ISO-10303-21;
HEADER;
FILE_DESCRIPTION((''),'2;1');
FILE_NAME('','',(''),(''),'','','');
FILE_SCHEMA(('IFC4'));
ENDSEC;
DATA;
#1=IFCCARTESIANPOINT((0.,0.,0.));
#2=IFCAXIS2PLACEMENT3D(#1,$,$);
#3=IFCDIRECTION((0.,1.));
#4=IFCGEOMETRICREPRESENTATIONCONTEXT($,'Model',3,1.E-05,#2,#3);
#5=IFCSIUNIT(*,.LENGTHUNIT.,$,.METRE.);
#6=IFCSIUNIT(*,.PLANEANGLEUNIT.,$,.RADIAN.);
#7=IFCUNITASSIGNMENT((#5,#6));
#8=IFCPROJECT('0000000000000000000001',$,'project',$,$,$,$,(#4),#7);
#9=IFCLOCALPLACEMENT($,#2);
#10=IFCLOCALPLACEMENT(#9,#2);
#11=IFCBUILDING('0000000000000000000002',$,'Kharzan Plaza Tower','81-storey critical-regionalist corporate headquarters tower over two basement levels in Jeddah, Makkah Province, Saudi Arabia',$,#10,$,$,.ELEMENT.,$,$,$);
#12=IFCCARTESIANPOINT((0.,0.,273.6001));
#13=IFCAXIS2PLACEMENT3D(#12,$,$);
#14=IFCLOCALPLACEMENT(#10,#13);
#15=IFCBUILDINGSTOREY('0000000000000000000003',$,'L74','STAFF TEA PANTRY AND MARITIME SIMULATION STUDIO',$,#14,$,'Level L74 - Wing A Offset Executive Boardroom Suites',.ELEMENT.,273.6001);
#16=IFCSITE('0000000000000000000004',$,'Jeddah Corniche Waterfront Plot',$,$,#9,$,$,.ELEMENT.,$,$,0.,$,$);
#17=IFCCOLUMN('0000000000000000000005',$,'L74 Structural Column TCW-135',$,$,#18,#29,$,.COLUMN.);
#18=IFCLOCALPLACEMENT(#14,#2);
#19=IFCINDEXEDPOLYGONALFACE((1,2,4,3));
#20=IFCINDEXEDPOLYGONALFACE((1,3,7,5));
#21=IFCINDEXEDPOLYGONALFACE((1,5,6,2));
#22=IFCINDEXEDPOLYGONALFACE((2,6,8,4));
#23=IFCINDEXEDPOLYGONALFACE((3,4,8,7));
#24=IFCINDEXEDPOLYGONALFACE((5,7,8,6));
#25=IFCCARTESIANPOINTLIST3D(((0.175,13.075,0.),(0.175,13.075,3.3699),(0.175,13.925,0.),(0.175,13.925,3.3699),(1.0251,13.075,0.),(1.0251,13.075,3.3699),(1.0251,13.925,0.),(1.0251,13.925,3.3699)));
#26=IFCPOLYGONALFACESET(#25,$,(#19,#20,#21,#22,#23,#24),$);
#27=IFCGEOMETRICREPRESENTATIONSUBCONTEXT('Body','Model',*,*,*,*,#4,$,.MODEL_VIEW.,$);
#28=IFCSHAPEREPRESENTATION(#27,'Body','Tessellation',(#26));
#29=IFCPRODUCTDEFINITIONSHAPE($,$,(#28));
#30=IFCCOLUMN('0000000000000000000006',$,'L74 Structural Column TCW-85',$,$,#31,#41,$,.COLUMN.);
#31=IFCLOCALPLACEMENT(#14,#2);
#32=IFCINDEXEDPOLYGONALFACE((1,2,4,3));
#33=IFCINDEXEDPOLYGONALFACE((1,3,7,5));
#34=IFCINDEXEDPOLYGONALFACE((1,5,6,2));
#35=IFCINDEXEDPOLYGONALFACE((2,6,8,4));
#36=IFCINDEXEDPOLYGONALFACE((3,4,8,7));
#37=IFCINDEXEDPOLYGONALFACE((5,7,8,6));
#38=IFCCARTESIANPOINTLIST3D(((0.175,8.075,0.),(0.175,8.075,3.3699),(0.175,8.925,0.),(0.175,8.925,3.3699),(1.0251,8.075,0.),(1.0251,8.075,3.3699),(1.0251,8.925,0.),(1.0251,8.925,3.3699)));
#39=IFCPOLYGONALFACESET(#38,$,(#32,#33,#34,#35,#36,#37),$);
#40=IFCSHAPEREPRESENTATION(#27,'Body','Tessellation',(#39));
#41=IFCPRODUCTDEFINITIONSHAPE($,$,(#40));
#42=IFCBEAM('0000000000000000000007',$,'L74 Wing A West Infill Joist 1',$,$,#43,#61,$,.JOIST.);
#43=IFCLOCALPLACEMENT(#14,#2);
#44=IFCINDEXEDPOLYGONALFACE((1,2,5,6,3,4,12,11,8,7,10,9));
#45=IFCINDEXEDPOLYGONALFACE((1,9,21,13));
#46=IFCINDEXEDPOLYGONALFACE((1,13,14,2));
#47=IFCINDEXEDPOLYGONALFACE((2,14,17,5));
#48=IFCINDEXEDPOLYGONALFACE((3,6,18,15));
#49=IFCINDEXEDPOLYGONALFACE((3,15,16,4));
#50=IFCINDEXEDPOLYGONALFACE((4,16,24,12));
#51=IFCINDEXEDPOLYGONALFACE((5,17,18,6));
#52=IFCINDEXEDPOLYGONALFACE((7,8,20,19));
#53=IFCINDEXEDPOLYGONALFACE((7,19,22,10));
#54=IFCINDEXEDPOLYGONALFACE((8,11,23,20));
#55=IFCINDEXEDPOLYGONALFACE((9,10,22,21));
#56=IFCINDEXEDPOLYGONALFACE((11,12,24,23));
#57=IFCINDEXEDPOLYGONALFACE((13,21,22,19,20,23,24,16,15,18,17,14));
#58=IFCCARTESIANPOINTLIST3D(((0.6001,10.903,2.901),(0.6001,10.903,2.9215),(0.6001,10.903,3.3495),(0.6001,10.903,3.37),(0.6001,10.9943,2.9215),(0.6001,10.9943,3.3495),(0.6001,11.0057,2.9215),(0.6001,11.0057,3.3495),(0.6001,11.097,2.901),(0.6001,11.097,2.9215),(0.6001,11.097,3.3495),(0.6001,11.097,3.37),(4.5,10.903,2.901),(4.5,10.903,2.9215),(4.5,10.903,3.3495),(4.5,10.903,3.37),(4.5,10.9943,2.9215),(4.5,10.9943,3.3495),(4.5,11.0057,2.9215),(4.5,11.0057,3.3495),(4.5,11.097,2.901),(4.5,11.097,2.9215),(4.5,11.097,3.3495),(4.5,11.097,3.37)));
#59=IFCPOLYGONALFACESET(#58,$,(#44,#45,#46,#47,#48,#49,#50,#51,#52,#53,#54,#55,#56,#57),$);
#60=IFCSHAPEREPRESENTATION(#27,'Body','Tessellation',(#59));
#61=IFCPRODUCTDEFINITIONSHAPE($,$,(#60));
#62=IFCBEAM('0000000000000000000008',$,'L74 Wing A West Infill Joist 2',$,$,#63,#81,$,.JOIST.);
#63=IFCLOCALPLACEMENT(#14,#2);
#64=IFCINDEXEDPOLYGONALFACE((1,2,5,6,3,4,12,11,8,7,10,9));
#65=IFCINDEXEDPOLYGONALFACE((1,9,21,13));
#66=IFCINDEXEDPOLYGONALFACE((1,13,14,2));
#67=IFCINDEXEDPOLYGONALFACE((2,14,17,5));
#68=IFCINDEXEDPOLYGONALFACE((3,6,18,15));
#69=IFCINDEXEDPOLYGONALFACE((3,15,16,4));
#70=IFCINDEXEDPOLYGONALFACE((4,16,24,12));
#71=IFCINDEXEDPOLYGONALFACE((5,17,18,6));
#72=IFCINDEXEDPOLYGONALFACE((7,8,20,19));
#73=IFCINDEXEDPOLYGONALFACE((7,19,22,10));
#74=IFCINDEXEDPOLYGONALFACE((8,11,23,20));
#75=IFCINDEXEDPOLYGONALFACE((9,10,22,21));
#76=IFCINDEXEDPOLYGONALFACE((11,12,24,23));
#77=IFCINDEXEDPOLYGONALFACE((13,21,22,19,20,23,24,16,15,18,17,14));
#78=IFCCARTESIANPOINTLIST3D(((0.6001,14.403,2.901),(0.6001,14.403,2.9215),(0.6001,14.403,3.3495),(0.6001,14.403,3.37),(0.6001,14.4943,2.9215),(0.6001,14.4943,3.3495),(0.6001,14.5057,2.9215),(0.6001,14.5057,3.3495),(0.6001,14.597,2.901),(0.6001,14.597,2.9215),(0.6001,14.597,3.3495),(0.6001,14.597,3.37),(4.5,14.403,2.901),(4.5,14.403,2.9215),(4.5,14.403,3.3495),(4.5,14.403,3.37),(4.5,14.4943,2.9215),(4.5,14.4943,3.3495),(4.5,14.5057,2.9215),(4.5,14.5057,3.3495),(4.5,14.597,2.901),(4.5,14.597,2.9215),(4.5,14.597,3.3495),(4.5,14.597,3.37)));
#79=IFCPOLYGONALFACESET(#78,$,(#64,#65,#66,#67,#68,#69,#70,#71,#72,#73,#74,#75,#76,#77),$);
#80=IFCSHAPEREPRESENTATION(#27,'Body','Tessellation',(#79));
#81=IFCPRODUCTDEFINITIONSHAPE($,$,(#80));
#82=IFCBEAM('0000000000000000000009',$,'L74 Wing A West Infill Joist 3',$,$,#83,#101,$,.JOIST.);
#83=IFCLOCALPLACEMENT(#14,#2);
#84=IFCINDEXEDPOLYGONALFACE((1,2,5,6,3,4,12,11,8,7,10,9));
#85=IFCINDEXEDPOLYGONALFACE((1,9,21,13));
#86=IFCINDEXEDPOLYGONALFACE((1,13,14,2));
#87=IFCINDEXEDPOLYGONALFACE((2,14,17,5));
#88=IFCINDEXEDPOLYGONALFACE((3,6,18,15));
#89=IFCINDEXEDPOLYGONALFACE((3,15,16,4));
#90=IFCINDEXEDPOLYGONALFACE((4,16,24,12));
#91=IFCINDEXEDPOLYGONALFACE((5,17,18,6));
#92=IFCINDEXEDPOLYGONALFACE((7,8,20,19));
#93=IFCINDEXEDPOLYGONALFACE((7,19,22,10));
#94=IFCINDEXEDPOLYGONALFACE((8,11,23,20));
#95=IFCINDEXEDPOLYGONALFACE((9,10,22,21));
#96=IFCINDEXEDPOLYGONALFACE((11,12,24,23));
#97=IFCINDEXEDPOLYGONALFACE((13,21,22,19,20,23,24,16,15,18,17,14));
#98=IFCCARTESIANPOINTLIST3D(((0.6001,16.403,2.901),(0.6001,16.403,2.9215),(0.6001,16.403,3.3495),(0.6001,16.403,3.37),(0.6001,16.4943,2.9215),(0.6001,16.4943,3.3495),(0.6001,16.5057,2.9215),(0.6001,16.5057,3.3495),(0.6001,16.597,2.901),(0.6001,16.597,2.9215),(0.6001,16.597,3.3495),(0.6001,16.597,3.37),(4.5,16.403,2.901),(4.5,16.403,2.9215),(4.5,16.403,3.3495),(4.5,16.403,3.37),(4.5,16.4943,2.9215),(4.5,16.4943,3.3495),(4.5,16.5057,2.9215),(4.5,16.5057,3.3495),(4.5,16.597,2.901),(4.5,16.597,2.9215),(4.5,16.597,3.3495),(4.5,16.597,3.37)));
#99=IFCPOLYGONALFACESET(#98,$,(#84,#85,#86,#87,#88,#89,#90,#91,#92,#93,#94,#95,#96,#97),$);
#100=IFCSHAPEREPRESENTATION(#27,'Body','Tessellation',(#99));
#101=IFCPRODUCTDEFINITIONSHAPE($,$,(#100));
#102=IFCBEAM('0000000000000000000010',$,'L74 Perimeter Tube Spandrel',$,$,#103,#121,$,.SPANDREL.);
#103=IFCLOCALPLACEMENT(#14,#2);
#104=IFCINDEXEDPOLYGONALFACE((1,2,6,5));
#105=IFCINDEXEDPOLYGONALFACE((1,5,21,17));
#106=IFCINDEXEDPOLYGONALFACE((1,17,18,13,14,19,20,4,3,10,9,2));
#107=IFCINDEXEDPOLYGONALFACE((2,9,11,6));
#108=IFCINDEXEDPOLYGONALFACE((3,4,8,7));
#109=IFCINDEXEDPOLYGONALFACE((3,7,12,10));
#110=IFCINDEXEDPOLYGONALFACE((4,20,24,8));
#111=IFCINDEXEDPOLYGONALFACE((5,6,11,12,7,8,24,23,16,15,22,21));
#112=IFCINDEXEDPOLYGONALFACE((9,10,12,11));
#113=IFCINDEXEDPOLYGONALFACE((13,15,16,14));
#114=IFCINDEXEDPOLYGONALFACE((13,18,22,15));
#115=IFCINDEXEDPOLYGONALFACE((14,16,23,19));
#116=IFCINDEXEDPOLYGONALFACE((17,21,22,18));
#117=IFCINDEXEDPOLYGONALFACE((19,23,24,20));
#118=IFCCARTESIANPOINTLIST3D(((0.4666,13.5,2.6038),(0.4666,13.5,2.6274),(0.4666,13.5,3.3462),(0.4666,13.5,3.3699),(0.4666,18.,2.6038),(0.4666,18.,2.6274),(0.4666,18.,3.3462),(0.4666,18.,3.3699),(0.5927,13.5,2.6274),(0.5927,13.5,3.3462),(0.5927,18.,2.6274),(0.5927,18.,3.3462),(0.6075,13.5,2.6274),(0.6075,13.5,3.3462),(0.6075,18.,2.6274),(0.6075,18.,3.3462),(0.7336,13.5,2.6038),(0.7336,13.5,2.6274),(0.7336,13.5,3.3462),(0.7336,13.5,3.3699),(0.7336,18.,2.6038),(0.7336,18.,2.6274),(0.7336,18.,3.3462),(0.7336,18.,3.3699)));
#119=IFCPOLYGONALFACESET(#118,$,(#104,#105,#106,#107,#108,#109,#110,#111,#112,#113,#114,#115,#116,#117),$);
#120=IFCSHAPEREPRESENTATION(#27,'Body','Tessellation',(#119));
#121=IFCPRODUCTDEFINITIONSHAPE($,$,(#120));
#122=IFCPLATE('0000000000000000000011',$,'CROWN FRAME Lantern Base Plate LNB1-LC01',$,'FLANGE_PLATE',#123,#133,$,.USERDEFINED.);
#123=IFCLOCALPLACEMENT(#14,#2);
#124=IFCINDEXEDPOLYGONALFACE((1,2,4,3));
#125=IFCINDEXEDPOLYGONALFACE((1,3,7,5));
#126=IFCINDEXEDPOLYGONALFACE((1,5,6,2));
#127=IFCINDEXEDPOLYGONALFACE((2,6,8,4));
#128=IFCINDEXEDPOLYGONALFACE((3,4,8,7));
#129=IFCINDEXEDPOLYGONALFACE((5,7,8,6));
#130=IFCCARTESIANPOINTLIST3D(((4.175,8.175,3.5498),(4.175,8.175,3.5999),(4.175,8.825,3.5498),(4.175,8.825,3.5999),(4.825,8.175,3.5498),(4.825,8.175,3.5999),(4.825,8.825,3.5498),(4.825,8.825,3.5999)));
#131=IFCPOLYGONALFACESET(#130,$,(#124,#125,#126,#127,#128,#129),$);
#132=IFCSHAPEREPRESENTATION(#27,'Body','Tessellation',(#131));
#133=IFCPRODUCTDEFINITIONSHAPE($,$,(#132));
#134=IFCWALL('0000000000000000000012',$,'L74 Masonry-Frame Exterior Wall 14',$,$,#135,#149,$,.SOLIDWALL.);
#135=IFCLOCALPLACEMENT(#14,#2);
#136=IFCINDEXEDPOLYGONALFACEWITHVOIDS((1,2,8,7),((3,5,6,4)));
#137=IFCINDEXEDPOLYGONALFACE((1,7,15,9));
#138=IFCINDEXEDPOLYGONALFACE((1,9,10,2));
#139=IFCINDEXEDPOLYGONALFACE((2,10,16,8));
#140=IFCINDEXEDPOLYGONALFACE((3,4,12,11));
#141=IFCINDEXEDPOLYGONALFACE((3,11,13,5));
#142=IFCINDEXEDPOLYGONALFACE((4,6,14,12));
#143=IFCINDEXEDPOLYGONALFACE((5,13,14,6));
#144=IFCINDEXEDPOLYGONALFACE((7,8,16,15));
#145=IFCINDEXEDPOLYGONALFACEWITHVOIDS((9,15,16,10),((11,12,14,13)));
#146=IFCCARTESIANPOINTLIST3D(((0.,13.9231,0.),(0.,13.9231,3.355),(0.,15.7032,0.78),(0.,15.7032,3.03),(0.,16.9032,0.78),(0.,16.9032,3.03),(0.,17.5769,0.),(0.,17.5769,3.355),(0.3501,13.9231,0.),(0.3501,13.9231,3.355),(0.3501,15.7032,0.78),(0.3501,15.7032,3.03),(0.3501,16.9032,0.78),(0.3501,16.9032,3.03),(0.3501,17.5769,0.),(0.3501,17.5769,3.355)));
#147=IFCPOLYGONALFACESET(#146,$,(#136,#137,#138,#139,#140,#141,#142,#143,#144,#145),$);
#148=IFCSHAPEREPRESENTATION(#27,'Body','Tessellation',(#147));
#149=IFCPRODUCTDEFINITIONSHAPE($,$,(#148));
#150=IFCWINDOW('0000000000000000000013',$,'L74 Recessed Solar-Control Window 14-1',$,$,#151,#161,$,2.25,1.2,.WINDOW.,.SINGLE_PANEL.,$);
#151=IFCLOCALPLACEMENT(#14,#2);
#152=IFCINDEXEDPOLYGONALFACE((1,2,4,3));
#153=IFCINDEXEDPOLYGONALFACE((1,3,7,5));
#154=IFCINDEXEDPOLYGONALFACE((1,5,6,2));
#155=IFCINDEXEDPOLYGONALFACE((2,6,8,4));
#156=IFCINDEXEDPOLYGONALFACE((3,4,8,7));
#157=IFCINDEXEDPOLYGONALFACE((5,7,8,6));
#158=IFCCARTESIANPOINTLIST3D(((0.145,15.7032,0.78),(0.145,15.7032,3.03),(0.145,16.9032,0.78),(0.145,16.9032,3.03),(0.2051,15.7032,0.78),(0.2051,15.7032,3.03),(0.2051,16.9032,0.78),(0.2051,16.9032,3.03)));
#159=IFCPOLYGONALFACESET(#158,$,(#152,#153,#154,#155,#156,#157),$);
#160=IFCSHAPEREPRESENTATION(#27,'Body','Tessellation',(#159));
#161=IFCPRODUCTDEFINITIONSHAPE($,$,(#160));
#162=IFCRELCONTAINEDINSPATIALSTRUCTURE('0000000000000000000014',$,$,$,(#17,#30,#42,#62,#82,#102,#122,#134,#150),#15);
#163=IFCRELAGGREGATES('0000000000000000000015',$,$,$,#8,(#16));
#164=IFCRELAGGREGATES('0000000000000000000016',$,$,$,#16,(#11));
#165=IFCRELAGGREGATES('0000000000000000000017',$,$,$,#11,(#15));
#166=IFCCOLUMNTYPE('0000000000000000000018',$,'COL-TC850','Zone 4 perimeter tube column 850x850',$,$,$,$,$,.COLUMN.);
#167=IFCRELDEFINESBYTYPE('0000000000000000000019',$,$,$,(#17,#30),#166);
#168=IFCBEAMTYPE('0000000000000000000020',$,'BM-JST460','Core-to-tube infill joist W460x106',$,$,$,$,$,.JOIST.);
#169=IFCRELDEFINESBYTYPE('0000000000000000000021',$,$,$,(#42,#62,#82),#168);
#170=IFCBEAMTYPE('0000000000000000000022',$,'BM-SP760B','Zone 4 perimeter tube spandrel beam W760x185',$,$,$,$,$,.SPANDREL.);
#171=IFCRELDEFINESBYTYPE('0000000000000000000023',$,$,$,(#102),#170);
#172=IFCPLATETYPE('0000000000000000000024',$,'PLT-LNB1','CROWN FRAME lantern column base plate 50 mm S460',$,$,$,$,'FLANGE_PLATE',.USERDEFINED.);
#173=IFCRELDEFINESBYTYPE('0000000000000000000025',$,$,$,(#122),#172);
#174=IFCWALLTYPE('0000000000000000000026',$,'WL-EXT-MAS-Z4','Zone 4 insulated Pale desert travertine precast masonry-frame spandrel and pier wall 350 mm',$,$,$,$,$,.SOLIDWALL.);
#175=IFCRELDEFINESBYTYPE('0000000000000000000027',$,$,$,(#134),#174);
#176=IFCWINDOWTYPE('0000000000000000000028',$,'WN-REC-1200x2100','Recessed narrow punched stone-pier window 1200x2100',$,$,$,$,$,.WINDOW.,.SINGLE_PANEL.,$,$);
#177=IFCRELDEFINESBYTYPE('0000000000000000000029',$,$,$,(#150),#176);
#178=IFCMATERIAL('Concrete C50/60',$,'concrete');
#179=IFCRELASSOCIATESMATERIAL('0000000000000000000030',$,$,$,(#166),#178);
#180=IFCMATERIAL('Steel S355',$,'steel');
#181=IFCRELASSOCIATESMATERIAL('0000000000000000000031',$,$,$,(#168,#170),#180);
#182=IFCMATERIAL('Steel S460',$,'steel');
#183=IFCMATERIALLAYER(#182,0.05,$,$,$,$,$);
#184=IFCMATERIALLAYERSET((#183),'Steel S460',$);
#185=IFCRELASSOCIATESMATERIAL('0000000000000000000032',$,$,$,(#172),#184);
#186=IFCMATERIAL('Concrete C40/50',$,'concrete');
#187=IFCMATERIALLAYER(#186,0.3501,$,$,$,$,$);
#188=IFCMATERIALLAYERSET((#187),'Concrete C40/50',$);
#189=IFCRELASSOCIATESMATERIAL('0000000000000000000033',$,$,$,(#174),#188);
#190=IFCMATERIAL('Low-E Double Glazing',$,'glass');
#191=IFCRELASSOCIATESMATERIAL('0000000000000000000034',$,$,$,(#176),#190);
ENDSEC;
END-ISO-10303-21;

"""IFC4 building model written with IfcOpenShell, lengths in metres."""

from ifc_helpers import new_model, si_unit, direction, frame, frame_2d, origin, origin_2d, place, context, subcontext, project, spatial, rectangle, i_section, extrude, source, transform, mapped, material, layer, layer_set, material_profile, profile_set, type_object, element, fill, save


model = new_model("IFC4")

# Units and contexts
model_context = context("Model", 3, precision=1e-05, world=origin(), true_north=direction((0.0, 1.0)))
body_context = subcontext(model_context, "Body", "Model", "MODEL_VIEW")
ifc_project = project(units=[si_unit("LENGTHUNIT", "METRE"), si_unit("PLANEANGLEUNIT", "RADIAN")], contexts=[model_context])

# Site, building, storey
site_placement = place(None, origin())
site = spatial("IfcSite", under=ifc_project, at=site_placement, Name="Jeddah Corniche Waterfront Plot", CompositionType="ELEMENT", RefElevation=0.0)
building_placement = place(site_placement, origin())
building = spatial("IfcBuilding", under=site, at=building_placement, Name="Kharzan Plaza Tower", Description="81-storey critical-regionalist corporate headquarters tower over two basement levels in Jeddah, Makkah Province, Saudi Arabia", CompositionType="ELEMENT")
storey_placement = place(building_placement, frame((0.0, 0.0, 273.6001)))
storey = spatial("IfcBuildingStorey", under=building, at=storey_placement, Name="L74", Description="STAFF TEA PANTRY AND MARITIME SIMULATION STUDIO", LongName="Level L74 - Wing A Offset Executive Boardroom Suites", CompositionType="ELEMENT", Elevation=273.6001)

# Columns
ifc_material_1 = material(Name="Concrete C50/60", Category="concrete")
ifc_material_profile_1 = material_profile(ifc_material_1, rectangle(XDim=0.8501, YDim=0.8501, at=origin_2d()), Name="RC-TC850x850")
ifc_profile_set_1 = profile_set([ifc_material_profile_1], Name="Concrete C50/60")
column_type = type_object("IfcColumnType", Name="COL-TC850", Description="Zone 4 perimeter tube column 850x850", PredefinedType="COLUMN", material=ifc_profile_set_1)
shared_shape_1 = source(origin(), body_context, "Body", "SweptSolid", [
    extrude(rectangle(XDim=0.8501, YDim=0.8501, at=origin_2d()), origin(), (0.0, 0.0, 1.0), 3.3699),
])
for number, where, z_axis, x_axis, name in (
    (1, (0.6001, 13.5, 0.0), (0.0, 0.0, 1.0), (1.0, 0.0, 0.0), "L74 Structural Column TCW-135"),
    (2, (0.6001, 8.5, 0.0), (0.0, 0.0, 1.0), (1.0, 0.0, 0.0), "L74 Structural Column TCW-85"),
):
    element("IfcColumn", number, at=place(storey_placement, frame(where, z_axis=z_axis, x_axis=x_axis)), inside=storey, type_object=column_type, Name=name, PredefinedType="COLUMN", context=body_context, shape_type="MappedRepresentation", body=[
        mapped(shared_shape_1, transform((0.0, 0.0, 0.0), x_axis=(1.0, 0.0, 0.0), y_axis=(0.0, 1.0, 0.0), z_axis=(0.0, 0.0, 1.0))),
    ])

# Beams
ifc_material_2 = material(Name="Steel S355", Category="steel")
ifc_material_profile_2 = material_profile(ifc_material_2, i_section(OverallWidth=0.1941, OverallDepth=0.469, WebThickness=0.0115, FlangeThickness=0.0205, at=origin_2d()), Name="W460x106")
ifc_profile_set_2 = profile_set([ifc_material_profile_2], Name="Steel S355")
beam_type_1 = type_object("IfcBeamType", Name="BM-JST460", Description="Core-to-tube infill joist W460x106", PredefinedType="JOIST", material=ifc_profile_set_2)
shared_shape_2 = source(origin(), body_context, "Body", "SweptSolid", [
    extrude(i_section(OverallWidth=0.1941, OverallDepth=0.469, WebThickness=0.0115, FlangeThickness=0.0205, at=origin_2d()), origin(), (0.0, 0.0, 1.0), 3.8999),
])
for number, where, z_axis, x_axis, name in (
    (3, (0.6001, 11.0, 3.1355), (1.0, 0.0, 0.0), (0.0, 1.0, 0.0), "L74 Wing A West Infill Joist 1"),
    (4, (0.6001, 14.5, 3.1355), (1.0, 0.0, 0.0), (0.0, 1.0, 0.0), "L74 Wing A West Infill Joist 2"),
    (5, (0.6001, 16.5, 3.1355), (1.0, 0.0, 0.0), (0.0, 1.0, 0.0), "L74 Wing A West Infill Joist 3"),
):
    element("IfcBeam", number, at=place(storey_placement, frame(where, z_axis=z_axis, x_axis=x_axis)), inside=storey, type_object=beam_type_1, Name=name, PredefinedType="JOIST", context=body_context, shape_type="MappedRepresentation", body=[
        mapped(shared_shape_2, transform((0.0, 0.0, 0.0), x_axis=(1.0, 0.0, 0.0), y_axis=(0.0, 1.0, 0.0), z_axis=(0.0, 0.0, 1.0))),
    ])
ifc_material_profile_3 = material_profile(ifc_material_2, i_section(OverallWidth=0.2671, OverallDepth=0.7661, WebThickness=0.0149, FlangeThickness=0.0237, at=origin_2d()), Name="W760x185")
ifc_profile_set_3 = profile_set([ifc_material_profile_3], Name="Steel S355")
beam_type_2 = type_object("IfcBeamType", Name="BM-SP760B", Description="Zone 4 perimeter tube spandrel beam W760x185", PredefinedType="SPANDREL", material=ifc_profile_set_3)
shared_shape_3 = source(origin(), body_context, "Body", "SweptSolid", [
    extrude(i_section(OverallWidth=0.2671, OverallDepth=0.7661, WebThickness=0.0149, FlangeThickness=0.0237, at=origin_2d()), origin(), (0.0, 0.0, 1.0), 4.5),
])
beam_placement = place(storey_placement, frame((0.6001, 13.5, 2.9868), z_axis=(0.0, 1.0, 0.0), x_axis=(-1.0, 0.0, 0.0)))
element("IfcBeam", 6, at=beam_placement, inside=storey, type_object=beam_type_2, Name="L74 Perimeter Tube Spandrel", PredefinedType="SPANDREL", context=body_context, shape_type="MappedRepresentation", body=[
    mapped(shared_shape_3, transform((0.0, 0.0, 0.0), x_axis=(1.0, 0.0, 0.0), y_axis=(0.0, 1.0, 0.0), z_axis=(0.0, 0.0, 1.0))),
])

# Plate
ifc_material_3 = material(Name="Steel S460", Category="steel")
ifc_layer_1 = layer(ifc_material_3, 0.05)
ifc_layer_set_1 = layer_set([ifc_layer_1], Name="Steel S460")
plate_type = type_object("IfcPlateType", Name="PLT-LNB1", Description="CROWN FRAME lantern column base plate 50 mm S460", ElementType="FLANGE_PLATE", PredefinedType="USERDEFINED", material=ifc_layer_set_1)
shared_shape_4 = source(origin(), body_context, "Body", "SweptSolid", [
    extrude(rectangle(XDim=0.6499, YDim=0.6499, at=origin_2d()), origin(), (0.0, 0.0, 1.0), 0.05),
])
plate_placement = place(storey_placement, frame((4.5, 8.5, 3.5498), z_axis=(0.0, 0.0, 1.0), x_axis=(1.0, 0.0, 0.0)))
element("IfcPlate", 7, at=plate_placement, inside=storey, type_object=plate_type, Name="CROWN FRAME Lantern Base Plate LNB1-LC01", ObjectType="FLANGE_PLATE", PredefinedType="USERDEFINED", context=body_context, shape_type="MappedRepresentation", body=[
    mapped(shared_shape_4, transform((0.0, 0.0, 0.0), x_axis=(1.0, 0.0, 0.0), y_axis=(0.0, 1.0, 0.0), z_axis=(0.0, 0.0, 1.0))),
])

# Wall, opening, window
ifc_material_4 = material(Name="Concrete C40/50", Category="concrete")
ifc_layer_2 = layer(ifc_material_4, 0.3501)
ifc_layer_set_2 = layer_set([ifc_layer_2], Name="Concrete C40/50")
wall_type_1 = type_object("IfcWallType", Name="WL-EXT-MAS-Z4", Description="Zone 4 insulated Pale desert travertine precast masonry-frame spandrel and pier wall 350 mm", PredefinedType="SOLIDWALL", material=ifc_layer_set_2)
wall_1_placement = place(storey_placement, frame((0.175, 17.5769, 0.0), z_axis=(0.0, 0.0, 1.0), x_axis=(0.0, -1.0, 0.0)))
wall_1 = element("IfcWall", 8, at=wall_1_placement, inside=storey, type_object=wall_type_1, Name="L74 Masonry-Frame Exterior Wall 14", PredefinedType="SOLIDWALL", context=body_context, shape_type="SweptSolid", body=[
    extrude(rectangle(XDim=3.6538, YDim=0.3501, at=frame_2d((1.8269, 0.0))), origin(), (0.0, 0.0, 1.0), 3.355),
])
opening_1_placement = place(wall_1_placement, frame((0.6736, 0.0, 0.78)))
opening_1 = element("IfcOpeningElement", 9, at=opening_1_placement, cuts=wall_1, PredefinedType="OPENING", context=body_context, shape_type="SweptSolid", body=[
    extrude(rectangle(XDim=1.2, YDim=2.25, at=frame_2d((0.6001, 1.125))), frame((0.0, 0.1851, 0.0), z_axis=(0.0, -1.0, 0.0), x_axis=(1.0, 0.0, 0.0)), (0.0, 0.0, 1.0), 0.3701),
])
ifc_material_5 = material(Name="Low-E Double Glazing", Category="glass")
window_type_1 = type_object("IfcWindowType", Name="WN-REC-1200x2100", Description="Recessed narrow punched stone-pier window 1200x2100", PartitioningType="SINGLE_PANEL", PredefinedType="WINDOW", material=ifc_material_5)
shared_shape_5 = source(origin(), body_context, "Body", "SweptSolid", [
    extrude(rectangle(XDim=1.2, YDim=2.25, at=frame_2d((0.6001, 1.125))), frame((0.0, 0.03, 0.0), z_axis=(0.0, -1.0, 0.0), x_axis=(1.0, 0.0, 0.0)), (0.0, 0.0, 1.0), 0.0601),
])
window_1_placement = place(opening_1_placement, origin())
window_1 = element("IfcWindow", 10, at=window_1_placement, inside=storey, type_object=window_type_1, Name="L74 Recessed Solar-Control Window 14-1", OverallHeight=2.25, OverallWidth=1.2, PartitioningType="SINGLE_PANEL", PredefinedType="WINDOW", context=body_context, shape_type="MappedRepresentation", body=[
    mapped(shared_shape_5, transform((0.0, 0.0, 0.0), x_axis=(1.0, 0.0, 0.0), y_axis=(0.0, 1.0, 0.0), z_axis=(0.0, 0.0, 1.0))),
])
fill(opening_1, window_1)

save(model, "model.ifc")
